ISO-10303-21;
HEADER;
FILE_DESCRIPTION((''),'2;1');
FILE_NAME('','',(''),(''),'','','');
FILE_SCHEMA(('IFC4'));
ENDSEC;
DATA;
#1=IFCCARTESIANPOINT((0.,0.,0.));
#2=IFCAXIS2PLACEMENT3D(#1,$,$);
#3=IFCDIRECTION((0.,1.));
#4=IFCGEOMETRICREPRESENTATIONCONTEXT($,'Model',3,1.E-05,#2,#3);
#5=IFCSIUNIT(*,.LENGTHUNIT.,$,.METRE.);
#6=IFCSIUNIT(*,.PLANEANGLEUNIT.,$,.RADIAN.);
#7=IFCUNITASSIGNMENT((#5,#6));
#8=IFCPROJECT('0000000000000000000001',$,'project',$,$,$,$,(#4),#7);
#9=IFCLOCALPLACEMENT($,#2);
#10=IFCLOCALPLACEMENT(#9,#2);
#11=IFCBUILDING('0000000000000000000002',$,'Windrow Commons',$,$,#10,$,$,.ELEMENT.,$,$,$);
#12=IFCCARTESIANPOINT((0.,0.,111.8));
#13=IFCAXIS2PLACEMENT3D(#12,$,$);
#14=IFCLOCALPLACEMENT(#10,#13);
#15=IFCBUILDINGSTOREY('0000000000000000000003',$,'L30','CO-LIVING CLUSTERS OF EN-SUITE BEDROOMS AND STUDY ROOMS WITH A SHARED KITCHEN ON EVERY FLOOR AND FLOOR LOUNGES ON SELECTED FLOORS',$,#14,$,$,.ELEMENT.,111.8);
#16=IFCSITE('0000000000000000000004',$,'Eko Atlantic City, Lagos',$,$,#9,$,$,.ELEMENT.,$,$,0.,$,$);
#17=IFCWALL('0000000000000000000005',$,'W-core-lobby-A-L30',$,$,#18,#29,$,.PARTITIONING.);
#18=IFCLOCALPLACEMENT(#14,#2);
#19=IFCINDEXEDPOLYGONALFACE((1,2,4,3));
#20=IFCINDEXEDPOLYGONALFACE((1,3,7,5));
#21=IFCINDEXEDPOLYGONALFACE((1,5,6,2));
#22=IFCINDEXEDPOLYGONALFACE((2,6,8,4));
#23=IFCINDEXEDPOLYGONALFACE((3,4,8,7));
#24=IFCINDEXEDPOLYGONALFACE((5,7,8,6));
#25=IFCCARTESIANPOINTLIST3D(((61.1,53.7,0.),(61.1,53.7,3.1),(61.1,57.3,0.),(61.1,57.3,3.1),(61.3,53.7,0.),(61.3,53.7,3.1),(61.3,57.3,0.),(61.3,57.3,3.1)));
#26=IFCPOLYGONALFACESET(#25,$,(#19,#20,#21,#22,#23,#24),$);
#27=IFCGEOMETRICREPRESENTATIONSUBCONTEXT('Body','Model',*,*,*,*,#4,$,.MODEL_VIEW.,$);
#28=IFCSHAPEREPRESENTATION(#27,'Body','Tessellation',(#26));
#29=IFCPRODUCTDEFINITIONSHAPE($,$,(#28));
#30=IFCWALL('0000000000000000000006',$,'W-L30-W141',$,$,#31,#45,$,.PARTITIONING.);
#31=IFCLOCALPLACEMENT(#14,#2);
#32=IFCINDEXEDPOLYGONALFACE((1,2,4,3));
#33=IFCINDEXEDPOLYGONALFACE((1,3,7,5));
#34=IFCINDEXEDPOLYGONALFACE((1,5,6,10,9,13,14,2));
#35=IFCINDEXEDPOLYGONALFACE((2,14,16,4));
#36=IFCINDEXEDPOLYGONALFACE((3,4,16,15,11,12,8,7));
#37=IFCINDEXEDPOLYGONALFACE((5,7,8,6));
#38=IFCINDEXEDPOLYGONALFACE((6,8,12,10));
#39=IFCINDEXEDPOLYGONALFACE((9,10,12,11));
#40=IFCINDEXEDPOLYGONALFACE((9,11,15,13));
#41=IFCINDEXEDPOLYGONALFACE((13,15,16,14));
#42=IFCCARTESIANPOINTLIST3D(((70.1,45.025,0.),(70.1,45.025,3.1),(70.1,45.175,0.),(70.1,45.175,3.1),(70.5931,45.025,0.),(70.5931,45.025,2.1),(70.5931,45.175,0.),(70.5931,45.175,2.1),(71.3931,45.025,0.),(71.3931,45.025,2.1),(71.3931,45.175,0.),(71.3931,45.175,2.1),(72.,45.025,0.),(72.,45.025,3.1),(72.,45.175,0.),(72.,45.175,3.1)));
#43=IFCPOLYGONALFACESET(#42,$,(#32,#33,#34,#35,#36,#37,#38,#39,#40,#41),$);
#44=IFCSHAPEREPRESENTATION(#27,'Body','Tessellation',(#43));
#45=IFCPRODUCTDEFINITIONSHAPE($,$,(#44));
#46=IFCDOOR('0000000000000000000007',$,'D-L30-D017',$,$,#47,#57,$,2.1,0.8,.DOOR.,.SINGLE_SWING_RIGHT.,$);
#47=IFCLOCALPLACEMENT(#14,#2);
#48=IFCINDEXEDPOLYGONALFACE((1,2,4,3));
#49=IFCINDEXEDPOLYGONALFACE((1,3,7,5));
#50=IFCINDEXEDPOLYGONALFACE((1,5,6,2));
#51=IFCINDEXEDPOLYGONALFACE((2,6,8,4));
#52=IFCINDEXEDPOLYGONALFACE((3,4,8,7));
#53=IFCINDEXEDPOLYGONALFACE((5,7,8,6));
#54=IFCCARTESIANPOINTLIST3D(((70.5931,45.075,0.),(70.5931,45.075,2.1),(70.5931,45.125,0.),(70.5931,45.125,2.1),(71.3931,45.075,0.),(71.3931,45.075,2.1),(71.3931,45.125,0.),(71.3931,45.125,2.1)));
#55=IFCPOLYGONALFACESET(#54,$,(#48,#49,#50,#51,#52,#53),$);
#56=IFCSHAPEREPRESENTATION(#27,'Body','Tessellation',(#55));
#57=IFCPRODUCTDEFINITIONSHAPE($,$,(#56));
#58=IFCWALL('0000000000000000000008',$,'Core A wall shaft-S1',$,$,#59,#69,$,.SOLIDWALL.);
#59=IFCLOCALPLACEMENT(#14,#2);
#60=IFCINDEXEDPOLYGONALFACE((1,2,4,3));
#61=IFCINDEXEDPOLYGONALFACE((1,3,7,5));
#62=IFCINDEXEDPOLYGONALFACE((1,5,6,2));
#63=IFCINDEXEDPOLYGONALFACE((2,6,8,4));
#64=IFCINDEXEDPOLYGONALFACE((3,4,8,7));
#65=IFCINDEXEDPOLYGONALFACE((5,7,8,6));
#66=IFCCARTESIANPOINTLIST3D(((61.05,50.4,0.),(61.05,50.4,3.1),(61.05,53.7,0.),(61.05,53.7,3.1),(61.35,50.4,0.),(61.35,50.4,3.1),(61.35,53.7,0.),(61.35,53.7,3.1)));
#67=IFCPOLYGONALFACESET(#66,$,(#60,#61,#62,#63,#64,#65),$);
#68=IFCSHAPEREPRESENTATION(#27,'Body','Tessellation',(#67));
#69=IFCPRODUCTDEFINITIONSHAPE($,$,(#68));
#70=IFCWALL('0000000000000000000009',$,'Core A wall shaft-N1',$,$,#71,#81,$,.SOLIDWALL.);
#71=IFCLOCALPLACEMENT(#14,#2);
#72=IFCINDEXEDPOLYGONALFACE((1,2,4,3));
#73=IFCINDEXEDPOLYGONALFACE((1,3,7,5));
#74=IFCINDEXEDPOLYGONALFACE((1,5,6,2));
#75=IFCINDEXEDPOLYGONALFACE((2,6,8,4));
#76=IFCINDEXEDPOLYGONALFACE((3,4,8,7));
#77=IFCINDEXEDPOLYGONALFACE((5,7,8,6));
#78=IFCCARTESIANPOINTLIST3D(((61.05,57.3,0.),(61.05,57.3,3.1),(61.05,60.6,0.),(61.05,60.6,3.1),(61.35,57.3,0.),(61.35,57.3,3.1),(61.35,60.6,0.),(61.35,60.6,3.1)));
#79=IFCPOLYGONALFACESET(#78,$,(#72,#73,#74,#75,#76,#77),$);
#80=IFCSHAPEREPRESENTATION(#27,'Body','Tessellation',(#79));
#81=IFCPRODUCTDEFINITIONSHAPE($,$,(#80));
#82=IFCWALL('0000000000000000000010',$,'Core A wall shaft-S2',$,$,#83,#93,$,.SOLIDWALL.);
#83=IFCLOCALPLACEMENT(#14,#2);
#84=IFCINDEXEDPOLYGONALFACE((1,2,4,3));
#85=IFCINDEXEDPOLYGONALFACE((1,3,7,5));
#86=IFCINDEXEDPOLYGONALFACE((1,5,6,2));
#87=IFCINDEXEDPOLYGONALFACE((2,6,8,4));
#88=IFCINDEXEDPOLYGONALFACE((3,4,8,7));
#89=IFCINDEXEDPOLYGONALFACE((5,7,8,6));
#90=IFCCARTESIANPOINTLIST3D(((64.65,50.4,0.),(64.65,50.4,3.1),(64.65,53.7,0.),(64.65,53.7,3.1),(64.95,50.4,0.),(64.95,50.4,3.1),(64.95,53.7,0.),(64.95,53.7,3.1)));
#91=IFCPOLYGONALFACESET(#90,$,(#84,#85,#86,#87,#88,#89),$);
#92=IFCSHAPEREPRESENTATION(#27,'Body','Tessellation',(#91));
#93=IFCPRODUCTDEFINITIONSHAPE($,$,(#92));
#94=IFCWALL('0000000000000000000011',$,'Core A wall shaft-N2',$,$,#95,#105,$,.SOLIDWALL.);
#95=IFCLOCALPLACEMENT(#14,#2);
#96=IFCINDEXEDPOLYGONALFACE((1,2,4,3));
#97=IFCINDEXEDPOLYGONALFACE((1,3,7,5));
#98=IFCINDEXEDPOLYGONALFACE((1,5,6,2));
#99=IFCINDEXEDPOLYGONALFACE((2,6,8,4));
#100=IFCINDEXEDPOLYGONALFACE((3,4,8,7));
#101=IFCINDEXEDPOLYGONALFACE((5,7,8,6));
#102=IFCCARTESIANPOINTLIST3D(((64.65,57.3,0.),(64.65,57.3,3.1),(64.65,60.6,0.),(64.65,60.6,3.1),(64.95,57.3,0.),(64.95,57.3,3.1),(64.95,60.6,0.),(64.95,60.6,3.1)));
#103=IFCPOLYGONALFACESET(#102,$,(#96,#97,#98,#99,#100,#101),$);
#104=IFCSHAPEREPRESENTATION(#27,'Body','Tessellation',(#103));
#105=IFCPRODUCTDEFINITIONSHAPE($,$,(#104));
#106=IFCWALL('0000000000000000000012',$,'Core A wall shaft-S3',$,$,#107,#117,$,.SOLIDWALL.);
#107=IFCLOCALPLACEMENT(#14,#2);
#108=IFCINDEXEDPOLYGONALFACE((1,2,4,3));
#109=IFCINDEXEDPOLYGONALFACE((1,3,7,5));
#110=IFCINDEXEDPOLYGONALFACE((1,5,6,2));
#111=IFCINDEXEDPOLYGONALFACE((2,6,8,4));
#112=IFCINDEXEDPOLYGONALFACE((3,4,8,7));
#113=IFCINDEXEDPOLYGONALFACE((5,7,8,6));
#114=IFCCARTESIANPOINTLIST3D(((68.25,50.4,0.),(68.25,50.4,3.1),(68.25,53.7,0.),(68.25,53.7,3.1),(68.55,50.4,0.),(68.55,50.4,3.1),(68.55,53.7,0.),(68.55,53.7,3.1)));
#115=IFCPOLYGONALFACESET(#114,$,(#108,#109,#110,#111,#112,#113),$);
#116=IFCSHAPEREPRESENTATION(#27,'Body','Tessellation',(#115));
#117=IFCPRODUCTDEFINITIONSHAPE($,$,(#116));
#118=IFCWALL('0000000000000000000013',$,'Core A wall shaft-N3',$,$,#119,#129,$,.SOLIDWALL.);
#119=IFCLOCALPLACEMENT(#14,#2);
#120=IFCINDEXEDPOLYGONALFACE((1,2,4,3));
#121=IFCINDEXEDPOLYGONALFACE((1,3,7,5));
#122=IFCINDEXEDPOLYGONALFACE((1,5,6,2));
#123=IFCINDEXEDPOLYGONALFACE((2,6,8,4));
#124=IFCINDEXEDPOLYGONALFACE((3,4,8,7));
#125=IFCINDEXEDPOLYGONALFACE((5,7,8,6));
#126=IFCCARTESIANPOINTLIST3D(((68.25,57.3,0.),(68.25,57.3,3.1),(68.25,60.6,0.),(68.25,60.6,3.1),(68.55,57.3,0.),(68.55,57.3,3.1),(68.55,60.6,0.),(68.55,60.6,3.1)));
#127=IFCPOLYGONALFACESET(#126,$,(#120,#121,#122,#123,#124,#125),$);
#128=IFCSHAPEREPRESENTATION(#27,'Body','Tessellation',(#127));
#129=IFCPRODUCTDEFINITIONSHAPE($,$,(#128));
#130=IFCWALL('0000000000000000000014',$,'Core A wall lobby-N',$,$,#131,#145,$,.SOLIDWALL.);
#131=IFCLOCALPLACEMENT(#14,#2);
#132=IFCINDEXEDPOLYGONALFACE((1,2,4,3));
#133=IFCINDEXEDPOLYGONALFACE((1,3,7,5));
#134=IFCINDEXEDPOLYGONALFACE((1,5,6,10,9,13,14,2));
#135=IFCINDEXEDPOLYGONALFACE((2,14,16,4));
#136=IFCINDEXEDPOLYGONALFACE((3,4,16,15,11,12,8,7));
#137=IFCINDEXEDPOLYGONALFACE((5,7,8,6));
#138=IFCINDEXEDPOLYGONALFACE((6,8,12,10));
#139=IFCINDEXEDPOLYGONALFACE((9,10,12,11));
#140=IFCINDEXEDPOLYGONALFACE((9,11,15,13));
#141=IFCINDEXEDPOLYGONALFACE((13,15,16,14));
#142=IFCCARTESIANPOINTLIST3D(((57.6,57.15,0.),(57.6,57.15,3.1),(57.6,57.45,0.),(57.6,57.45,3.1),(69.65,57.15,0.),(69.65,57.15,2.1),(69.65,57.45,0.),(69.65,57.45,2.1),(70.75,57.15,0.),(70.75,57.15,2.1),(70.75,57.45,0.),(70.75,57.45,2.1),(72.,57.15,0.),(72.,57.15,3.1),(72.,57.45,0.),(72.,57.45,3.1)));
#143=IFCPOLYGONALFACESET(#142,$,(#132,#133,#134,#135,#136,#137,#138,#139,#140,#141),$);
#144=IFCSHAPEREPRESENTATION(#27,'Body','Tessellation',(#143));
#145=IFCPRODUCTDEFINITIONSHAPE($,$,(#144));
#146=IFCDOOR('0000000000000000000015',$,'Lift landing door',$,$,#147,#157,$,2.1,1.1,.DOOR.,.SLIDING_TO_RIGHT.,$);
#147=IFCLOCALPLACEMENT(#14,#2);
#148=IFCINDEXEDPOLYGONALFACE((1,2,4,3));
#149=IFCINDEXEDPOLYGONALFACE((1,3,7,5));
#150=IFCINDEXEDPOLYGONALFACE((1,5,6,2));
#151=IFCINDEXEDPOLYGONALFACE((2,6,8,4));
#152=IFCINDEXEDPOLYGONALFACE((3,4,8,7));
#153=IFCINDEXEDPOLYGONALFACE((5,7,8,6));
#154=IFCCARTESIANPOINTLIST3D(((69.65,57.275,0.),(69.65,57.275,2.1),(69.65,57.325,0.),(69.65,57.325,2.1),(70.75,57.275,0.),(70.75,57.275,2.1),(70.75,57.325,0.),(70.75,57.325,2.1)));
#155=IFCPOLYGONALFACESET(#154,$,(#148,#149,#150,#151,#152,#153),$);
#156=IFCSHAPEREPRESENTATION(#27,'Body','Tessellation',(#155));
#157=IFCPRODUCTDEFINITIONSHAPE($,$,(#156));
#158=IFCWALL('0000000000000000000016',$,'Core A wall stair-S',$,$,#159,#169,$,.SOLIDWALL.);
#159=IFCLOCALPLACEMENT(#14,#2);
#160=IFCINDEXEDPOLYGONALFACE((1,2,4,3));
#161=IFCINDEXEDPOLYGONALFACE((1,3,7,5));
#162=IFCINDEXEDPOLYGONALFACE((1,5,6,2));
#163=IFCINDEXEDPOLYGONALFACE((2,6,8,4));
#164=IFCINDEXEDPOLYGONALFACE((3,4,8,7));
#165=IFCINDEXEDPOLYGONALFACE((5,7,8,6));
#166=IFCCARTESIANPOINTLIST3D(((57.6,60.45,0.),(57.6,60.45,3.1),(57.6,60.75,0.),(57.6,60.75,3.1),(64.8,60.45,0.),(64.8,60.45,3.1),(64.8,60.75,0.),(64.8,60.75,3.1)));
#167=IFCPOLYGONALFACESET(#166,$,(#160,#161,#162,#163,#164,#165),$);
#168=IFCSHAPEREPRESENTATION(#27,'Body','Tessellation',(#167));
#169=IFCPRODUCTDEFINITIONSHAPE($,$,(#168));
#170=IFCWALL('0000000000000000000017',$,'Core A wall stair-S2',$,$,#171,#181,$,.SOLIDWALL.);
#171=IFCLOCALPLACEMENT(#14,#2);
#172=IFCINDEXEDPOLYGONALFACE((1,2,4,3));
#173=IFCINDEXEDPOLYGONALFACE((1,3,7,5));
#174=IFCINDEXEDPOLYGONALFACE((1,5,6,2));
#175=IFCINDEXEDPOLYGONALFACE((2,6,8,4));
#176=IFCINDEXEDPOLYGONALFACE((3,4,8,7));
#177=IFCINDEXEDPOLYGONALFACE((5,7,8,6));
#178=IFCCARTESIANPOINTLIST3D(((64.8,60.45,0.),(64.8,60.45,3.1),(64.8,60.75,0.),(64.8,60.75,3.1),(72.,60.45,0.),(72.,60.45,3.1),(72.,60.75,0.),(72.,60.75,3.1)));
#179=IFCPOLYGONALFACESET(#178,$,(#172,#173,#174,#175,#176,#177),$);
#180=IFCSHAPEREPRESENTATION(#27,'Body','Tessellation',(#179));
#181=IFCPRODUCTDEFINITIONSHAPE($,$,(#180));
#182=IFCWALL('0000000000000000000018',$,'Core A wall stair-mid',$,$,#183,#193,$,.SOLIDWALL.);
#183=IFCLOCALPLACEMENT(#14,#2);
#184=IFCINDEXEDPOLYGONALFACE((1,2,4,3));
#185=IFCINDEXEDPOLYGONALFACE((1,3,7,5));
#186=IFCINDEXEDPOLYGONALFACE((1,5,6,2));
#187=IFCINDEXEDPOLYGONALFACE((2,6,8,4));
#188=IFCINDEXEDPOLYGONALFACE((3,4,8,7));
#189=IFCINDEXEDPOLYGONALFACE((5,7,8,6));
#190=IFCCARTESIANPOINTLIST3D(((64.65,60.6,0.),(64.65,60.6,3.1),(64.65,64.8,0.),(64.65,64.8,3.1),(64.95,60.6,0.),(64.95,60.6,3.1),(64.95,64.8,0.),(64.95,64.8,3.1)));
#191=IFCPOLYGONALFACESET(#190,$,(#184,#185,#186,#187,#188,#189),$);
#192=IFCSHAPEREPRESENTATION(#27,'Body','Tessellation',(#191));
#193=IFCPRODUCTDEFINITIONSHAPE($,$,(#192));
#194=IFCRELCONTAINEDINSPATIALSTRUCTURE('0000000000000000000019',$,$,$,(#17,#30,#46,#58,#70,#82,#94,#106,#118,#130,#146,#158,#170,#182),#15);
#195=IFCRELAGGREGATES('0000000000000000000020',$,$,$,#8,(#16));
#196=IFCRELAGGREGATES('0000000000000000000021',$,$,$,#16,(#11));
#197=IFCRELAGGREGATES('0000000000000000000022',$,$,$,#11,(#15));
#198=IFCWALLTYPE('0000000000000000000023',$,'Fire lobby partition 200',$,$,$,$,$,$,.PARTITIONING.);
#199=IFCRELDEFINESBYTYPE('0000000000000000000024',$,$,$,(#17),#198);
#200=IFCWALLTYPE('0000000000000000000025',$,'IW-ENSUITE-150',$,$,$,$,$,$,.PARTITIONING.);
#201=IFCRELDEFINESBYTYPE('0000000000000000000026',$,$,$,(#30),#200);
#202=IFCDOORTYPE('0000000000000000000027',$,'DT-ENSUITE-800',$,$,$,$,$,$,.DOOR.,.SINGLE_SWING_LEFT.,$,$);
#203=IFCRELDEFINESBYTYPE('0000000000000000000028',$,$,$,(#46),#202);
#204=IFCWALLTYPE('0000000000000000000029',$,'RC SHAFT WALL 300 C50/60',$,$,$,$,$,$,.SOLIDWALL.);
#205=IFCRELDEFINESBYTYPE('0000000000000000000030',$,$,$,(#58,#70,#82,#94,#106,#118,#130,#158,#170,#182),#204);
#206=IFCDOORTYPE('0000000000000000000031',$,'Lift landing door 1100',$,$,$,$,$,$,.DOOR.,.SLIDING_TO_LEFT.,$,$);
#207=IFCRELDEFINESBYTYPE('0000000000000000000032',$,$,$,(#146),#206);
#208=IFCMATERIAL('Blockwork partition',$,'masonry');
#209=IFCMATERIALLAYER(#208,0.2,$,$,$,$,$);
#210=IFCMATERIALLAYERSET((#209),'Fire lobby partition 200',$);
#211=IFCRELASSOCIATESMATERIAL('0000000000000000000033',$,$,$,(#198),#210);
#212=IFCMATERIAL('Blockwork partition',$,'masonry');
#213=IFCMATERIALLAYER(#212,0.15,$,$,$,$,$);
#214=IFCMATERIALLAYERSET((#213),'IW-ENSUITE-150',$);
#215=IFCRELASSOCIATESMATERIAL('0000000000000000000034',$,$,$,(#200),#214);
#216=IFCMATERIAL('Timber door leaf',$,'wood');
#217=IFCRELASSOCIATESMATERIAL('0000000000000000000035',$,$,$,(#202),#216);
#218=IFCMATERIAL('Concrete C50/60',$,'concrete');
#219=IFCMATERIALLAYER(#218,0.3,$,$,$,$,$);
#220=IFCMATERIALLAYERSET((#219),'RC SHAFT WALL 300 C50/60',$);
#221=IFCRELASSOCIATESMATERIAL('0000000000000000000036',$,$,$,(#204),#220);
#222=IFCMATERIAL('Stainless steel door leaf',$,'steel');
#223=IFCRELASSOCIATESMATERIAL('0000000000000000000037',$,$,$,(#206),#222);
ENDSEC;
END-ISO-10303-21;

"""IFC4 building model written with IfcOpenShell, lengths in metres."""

from ifc_helpers import new_model, si_unit, direction, frame, frame_2d, origin, place, context, subcontext, project, spatial, rectangle, extrude, material, layer, layer_set, type_object, element, fill, save


model = new_model("IFC4")

# Units and contexts
model_context = context("Model", 3, precision=1e-05, world=origin(), true_north=direction((0.0, 1.0)))
body_context = subcontext(model_context, "Body", "Model", "MODEL_VIEW")
ifc_project = project(units=[si_unit("LENGTHUNIT", "METRE"), si_unit("PLANEANGLEUNIT", "RADIAN")], contexts=[model_context])

# Site, building, storey
site_placement = place(None, origin())
site = spatial("IfcSite", under=ifc_project, at=site_placement, Name="Eko Atlantic City, Lagos", CompositionType="ELEMENT", RefElevation=0.0)
building_placement = place(site_placement, origin())
building = spatial("IfcBuilding", under=site, at=building_placement, Name="Windrow Commons", CompositionType="ELEMENT")
storey_placement = place(building_placement, frame((0.0, 0.0, 111.8)))
storey = spatial("IfcBuildingStorey", under=building, at=storey_placement, Name="L30", Description="CO-LIVING CLUSTERS OF EN-SUITE BEDROOMS AND STUDY ROOMS WITH A SHARED KITCHEN ON EVERY FLOOR AND FLOOR LOUNGES ON SELECTED FLOORS", CompositionType="ELEMENT", Elevation=111.8)

# Wall
ifc_material_1 = material(Name="Blockwork partition", Category="masonry")
ifc_layer_1 = layer(ifc_material_1, 0.2)
ifc_layer_set_1 = layer_set([ifc_layer_1], Name="Fire lobby partition 200")
wall_type_1 = type_object("IfcWallType", Name="Fire lobby partition 200", PredefinedType="PARTITIONING", material=ifc_layer_set_1)
wall_1_placement = place(storey_placement, frame((61.2, 53.7, 0.0), z_axis=(0.0, 0.0, 1.0), x_axis=(0.0, 1.0, 0.0)))
element("IfcWall", 1, at=wall_1_placement, inside=storey, type_object=wall_type_1, Name="W-core-lobby-A-L30", PredefinedType="PARTITIONING", context=body_context, shape_type="SweptSolid", body=[
    extrude(rectangle(XDim=3.6, YDim=0.2, at=frame_2d((1.8, 0.0))), origin(), (0.0, 0.0, 1.0), 3.1),
])

# Wall, opening, door
ifc_material_2 = material(Name="Blockwork partition", Category="masonry")
ifc_layer_2 = layer(ifc_material_2, 0.15)
ifc_layer_set_2 = layer_set([ifc_layer_2], Name="IW-ENSUITE-150")
wall_type_2 = type_object("IfcWallType", Name="IW-ENSUITE-150", PredefinedType="PARTITIONING", material=ifc_layer_set_2)
wall_2_placement = place(storey_placement, frame((70.1, 45.1, 0.0), z_axis=(0.0, 0.0, 1.0), x_axis=(1.0, 0.0, 0.0)))
wall_2 = element("IfcWall", 2, at=wall_2_placement, inside=storey, type_object=wall_type_2, Name="W-L30-W141", PredefinedType="PARTITIONING", context=body_context, shape_type="SweptSolid", body=[
    extrude(rectangle(XDim=1.9, YDim=0.15, at=frame_2d((0.95, 0.0))), origin(), (0.0, 0.0, 1.0), 3.1),
])
opening_1_placement = place(wall_2_placement, frame((0.4931, 0.0, 0.0)))
opening_1 = element("IfcOpeningElement", 3, at=opening_1_placement, cuts=wall_2, PredefinedType="OPENING", context=body_context, shape_type="SweptSolid", body=[
    extrude(rectangle(XDim=0.8, YDim=2.1, at=frame_2d((0.4, 1.05))), frame((0.0, 0.085, 0.0), z_axis=(0.0, -1.0, 0.0), x_axis=(1.0, 0.0, 0.0)), (0.0, 0.0, 1.0), 0.17),
])
ifc_material_3 = material(Name="Timber door leaf", Category="wood")
door_type_1 = type_object("IfcDoorType", Name="DT-ENSUITE-800", OperationType="SINGLE_SWING_LEFT", PredefinedType="DOOR", material=ifc_material_3)
door_1_placement = place(opening_1_placement, origin())
door_1 = element("IfcDoor", 4, at=door_1_placement, inside=storey, type_object=door_type_1, Name="D-L30-D017", OperationType="SINGLE_SWING_RIGHT", OverallHeight=2.1, OverallWidth=0.8, PredefinedType="DOOR", context=body_context, shape_type="SweptSolid", body=[
    extrude(rectangle(XDim=0.8, YDim=2.1, at=frame_2d((0.4, 1.05))), frame((0.0, 0.025, 0.0), z_axis=(0.0, -1.0, 0.0), x_axis=(1.0, 0.0, 0.0)), (0.0, 0.0, 1.0), 0.05),
])
fill(opening_1, door_1)

# Walls
ifc_material_4 = material(Name="Concrete C50/60", Category="concrete")
ifc_layer_3 = layer(ifc_material_4, 0.3)
ifc_layer_set_3 = layer_set([ifc_layer_3], Name="RC SHAFT WALL 300 C50/60")
wall_type_3 = type_object("IfcWallType", Name="RC SHAFT WALL 300 C50/60", PredefinedType="SOLIDWALL", material=ifc_layer_set_3)
for number, where, z_axis, x_axis, name in (
    (5, (61.2, 50.4, 0.0), (0.0, 0.0, 1.0), (0.0, 1.0, 0.0), "Core A wall shaft-S1"),
    (6, (61.2, 57.3, 0.0), (0.0, 0.0, 1.0), (0.0, 1.0, 0.0), "Core A wall shaft-N1"),
    (7, (64.8, 50.4, 0.0), (0.0, 0.0, 1.0), (0.0, 1.0, 0.0), "Core A wall shaft-S2"),
    (8, (64.8, 57.3, 0.0), (0.0, 0.0, 1.0), (0.0, 1.0, 0.0), "Core A wall shaft-N2"),
    (9, (68.4, 50.4, 0.0), (0.0, 0.0, 1.0), (0.0, 1.0, 0.0), "Core A wall shaft-S3"),
    (10, (68.4, 57.3, 0.0), (0.0, 0.0, 1.0), (0.0, 1.0, 0.0), "Core A wall shaft-N3"),
):
    element("IfcWall", number, at=place(storey_placement, frame(where, z_axis=z_axis, x_axis=x_axis)), inside=storey, type_object=wall_type_3, Name=name, PredefinedType="SOLIDWALL", context=body_context, shape_type="SweptSolid", body=[
        extrude(rectangle(XDim=3.3, YDim=0.3, at=frame_2d((1.65, 0.0))), origin(), (0.0, 0.0, 1.0), 3.1),
    ])

# Wall, opening, door
wall_3_placement = place(storey_placement, frame((57.6, 57.3, 0.0), z_axis=(0.0, 0.0, 1.0), x_axis=(1.0, 0.0, 0.0)))
wall_3 = element("IfcWall", 11, at=wall_3_placement, inside=storey, type_object=wall_type_3, Name="Core A wall lobby-N", PredefinedType="SOLIDWALL", context=body_context, shape_type="SweptSolid", body=[
    extrude(rectangle(XDim=14.4, YDim=0.3, at=frame_2d((7.2, 0.0))), origin(), (0.0, 0.0, 1.0), 3.1),
])
opening_2_placement = place(wall_3_placement, frame((12.05, 0.0, 0.0)))
opening_2 = element("IfcOpeningElement", 12, at=opening_2_placement, cuts=wall_3, PredefinedType="OPENING", context=body_context, shape_type="SweptSolid", body=[
    extrude(rectangle(XDim=1.1, YDim=2.1, at=frame_2d((0.55, 1.05))), frame((0.0, 0.16, 0.0), z_axis=(0.0, -1.0, 0.0), x_axis=(1.0, 0.0, 0.0)), (0.0, 0.0, 1.0), 0.32),
])
ifc_material_5 = material(Name="Stainless steel door leaf", Category="steel")
door_type_2 = type_object("IfcDoorType", Name="Lift landing door 1100", OperationType="SLIDING_TO_LEFT", PredefinedType="DOOR", material=ifc_material_5)
door_2_placement = place(opening_2_placement, origin())
door_2 = element("IfcDoor", 13, at=door_2_placement, inside=storey, type_object=door_type_2, Name="Lift landing door", OperationType="SLIDING_TO_RIGHT", OverallHeight=2.1, OverallWidth=1.1, PredefinedType="DOOR", context=body_context, shape_type="SweptSolid", body=[
    extrude(rectangle(XDim=1.1, YDim=2.1, at=frame_2d((0.55, 1.05))), frame((0.0, 0.025, 0.0), z_axis=(0.0, -1.0, 0.0), x_axis=(1.0, 0.0, 0.0)), (0.0, 0.0, 1.0), 0.05),
])
fill(opening_2, door_2)

# Walls
for number, where, z_axis, x_axis, name in (
    (14, (57.6, 60.6, 0.0), (0.0, 0.0, 1.0), (1.0, 0.0, 0.0), "Core A wall stair-S"),
    (15, (64.8, 60.6, 0.0), (0.0, 0.0, 1.0), (1.0, 0.0, 0.0), "Core A wall stair-S2"),
):
    element("IfcWall", number, at=place(storey_placement, frame(where, z_axis=z_axis, x_axis=x_axis)), inside=storey, type_object=wall_type_3, Name=name, PredefinedType="SOLIDWALL", context=body_context, shape_type="SweptSolid", body=[
        extrude(rectangle(XDim=7.2, YDim=0.3, at=frame_2d((3.6, 0.0))), origin(), (0.0, 0.0, 1.0), 3.1),
    ])
wall_4_placement = place(storey_placement, frame((64.8, 60.6, 0.0), z_axis=(0.0, 0.0, 1.0), x_axis=(0.0, 1.0, 0.0)))
element("IfcWall", 16, at=wall_4_placement, inside=storey, type_object=wall_type_3, Name="Core A wall stair-mid", PredefinedType="SOLIDWALL", context=body_context, shape_type="SweptSolid", body=[
    extrude(rectangle(XDim=4.2, YDim=0.3, at=frame_2d((2.1, 0.0))), origin(), (0.0, 0.0, 1.0), 3.1),
])

save(model, "model.ifc")
